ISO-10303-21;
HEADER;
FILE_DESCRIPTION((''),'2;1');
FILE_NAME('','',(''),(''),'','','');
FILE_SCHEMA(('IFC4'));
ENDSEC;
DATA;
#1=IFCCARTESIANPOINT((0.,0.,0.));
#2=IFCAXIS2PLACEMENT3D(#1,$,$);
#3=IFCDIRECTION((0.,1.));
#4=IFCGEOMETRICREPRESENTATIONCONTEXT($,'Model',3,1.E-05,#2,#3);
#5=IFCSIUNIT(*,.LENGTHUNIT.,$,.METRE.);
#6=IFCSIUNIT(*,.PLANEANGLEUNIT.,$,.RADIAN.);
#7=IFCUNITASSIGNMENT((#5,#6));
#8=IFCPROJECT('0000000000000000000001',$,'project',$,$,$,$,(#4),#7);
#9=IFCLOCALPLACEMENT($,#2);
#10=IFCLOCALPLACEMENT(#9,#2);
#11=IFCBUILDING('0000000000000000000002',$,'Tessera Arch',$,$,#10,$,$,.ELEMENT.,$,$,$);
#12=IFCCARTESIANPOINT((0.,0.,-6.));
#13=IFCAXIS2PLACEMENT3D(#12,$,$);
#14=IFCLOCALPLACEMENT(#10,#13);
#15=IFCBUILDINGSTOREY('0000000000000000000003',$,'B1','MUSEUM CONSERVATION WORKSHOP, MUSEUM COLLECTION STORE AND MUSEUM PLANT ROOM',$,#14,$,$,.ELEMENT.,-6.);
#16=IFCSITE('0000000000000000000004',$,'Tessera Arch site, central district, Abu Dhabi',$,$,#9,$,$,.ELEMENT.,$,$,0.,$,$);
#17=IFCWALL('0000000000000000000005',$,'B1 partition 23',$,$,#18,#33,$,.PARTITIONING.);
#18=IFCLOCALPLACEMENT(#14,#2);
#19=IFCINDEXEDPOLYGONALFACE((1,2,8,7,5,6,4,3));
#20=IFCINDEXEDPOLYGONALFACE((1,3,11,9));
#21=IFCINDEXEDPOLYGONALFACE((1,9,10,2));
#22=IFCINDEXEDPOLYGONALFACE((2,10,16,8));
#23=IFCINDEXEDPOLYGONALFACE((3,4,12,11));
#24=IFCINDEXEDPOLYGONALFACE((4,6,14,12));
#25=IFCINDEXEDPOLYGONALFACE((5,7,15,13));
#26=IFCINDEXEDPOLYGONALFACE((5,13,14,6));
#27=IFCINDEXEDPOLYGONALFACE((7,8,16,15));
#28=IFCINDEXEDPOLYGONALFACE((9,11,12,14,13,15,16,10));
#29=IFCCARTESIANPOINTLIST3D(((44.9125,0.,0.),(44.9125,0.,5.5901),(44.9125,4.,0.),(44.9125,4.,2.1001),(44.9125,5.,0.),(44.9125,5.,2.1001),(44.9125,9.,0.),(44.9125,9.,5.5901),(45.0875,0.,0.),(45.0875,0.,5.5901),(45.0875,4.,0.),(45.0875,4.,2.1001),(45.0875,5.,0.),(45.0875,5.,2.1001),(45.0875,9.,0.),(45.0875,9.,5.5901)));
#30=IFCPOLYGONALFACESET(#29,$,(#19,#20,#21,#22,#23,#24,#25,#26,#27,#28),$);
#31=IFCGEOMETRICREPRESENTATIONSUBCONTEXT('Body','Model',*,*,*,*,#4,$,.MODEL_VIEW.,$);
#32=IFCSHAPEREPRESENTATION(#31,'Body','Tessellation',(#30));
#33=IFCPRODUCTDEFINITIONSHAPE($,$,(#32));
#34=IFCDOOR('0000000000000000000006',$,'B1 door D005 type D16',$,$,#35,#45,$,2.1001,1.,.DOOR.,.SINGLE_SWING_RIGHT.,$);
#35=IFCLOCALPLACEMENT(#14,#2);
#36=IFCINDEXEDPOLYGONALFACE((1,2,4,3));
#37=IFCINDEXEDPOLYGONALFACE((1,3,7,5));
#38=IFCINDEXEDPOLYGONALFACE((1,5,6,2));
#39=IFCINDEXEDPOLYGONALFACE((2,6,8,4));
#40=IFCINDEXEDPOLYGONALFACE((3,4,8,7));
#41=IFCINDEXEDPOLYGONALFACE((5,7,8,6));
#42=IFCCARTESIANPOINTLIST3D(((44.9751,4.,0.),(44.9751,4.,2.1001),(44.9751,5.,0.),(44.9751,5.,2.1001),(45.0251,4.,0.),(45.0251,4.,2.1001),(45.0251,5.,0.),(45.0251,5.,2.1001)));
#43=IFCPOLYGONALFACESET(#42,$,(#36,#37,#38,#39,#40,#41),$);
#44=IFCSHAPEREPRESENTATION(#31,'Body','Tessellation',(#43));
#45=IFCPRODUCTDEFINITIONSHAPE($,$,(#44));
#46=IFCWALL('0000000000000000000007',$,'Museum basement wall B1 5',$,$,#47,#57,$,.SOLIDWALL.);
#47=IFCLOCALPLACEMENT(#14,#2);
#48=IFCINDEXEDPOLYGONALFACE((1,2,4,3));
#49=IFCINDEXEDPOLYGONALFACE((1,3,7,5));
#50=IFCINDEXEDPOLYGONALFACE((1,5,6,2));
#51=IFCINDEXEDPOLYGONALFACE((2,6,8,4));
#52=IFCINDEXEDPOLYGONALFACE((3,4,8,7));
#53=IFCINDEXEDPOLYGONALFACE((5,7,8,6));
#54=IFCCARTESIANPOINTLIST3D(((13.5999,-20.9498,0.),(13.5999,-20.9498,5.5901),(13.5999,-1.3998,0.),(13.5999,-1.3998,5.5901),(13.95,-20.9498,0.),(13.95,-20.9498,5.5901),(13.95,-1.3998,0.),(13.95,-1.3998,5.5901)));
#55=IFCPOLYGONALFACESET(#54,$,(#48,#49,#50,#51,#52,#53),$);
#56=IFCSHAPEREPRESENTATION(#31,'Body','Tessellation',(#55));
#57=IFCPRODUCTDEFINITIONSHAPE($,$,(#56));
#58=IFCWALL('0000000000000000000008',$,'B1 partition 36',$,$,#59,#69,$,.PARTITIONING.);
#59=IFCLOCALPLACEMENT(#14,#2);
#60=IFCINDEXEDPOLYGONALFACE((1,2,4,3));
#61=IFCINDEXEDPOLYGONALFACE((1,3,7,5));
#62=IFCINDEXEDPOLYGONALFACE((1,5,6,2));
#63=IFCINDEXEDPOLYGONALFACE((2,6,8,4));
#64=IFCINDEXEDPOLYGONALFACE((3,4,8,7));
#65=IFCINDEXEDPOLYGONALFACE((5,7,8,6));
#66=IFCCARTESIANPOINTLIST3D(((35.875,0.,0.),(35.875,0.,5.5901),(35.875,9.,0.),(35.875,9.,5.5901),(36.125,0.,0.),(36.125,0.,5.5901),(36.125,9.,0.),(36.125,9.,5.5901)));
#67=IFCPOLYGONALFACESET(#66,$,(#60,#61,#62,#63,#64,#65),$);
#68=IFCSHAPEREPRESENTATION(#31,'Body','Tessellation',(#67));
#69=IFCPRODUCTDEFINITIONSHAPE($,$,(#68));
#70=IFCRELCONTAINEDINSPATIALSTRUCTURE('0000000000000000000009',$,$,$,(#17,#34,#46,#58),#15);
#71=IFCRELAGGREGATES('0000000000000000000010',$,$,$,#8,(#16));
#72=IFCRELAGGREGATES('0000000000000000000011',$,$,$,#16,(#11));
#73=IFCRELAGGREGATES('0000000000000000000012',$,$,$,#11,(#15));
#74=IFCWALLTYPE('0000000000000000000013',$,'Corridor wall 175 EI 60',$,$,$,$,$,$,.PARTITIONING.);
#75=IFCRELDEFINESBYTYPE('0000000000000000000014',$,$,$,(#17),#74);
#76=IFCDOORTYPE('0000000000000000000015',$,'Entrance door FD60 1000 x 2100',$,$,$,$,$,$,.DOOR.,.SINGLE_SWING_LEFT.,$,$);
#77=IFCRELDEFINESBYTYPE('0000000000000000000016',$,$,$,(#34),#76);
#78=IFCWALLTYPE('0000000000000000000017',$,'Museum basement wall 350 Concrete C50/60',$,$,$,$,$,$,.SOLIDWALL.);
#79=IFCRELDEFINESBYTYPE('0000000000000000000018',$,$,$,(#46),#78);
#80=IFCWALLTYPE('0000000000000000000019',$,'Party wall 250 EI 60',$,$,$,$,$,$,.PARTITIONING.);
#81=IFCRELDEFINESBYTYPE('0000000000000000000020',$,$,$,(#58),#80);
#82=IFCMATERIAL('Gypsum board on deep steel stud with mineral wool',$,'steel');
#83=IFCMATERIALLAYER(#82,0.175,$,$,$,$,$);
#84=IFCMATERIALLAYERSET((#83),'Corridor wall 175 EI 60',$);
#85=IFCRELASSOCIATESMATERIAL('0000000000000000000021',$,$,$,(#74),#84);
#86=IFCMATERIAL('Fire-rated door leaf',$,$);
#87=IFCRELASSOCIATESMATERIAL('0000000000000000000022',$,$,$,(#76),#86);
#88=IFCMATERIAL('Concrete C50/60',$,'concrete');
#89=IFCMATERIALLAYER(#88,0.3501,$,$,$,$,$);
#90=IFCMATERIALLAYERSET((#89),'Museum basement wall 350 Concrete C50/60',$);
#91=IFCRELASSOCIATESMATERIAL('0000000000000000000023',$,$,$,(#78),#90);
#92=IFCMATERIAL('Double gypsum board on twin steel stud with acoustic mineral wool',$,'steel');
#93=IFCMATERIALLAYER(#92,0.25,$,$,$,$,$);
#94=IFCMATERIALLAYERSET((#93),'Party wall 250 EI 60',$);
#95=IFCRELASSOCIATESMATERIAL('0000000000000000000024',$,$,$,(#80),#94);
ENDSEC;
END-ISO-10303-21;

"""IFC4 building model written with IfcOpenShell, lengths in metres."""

from ifc_helpers import new_model, si_unit, direction, frame, frame_2d, origin, place, context, subcontext, project, spatial, rectangle, extrude, material, layer, layer_set, type_object, element, fill, save


model = new_model("IFC4")

# Units and contexts
model_context = context("Model", 3, precision=1e-05, world=origin(), true_north=direction((0.0, 1.0)))
body_context = subcontext(model_context, "Body", "Model", "MODEL_VIEW")
ifc_project = project(units=[si_unit("LENGTHUNIT", "METRE"), si_unit("PLANEANGLEUNIT", "RADIAN")], contexts=[model_context])

# Site, building, storey
site_placement = place(None, origin())
site = spatial("IfcSite", under=ifc_project, at=site_placement, Name="Tessera Arch site, central district, Abu Dhabi", CompositionType="ELEMENT", RefElevation=0.0)
building_placement = place(site_placement, origin())
building = spatial("IfcBuilding", under=site, at=building_placement, Name="Tessera Arch", CompositionType="ELEMENT")
storey_placement = place(building_placement, frame((0.0, 0.0, -6.0)))
storey = spatial("IfcBuildingStorey", under=building, at=storey_placement, Name="B1", Description="MUSEUM CONSERVATION WORKSHOP, MUSEUM COLLECTION STORE AND MUSEUM PLANT ROOM", CompositionType="ELEMENT", Elevation=-6.0)

# Wall, opening, door
ifc_material_1 = material(Name="Gypsum board on deep steel stud with mineral wool", Category="steel")
ifc_layer_1 = layer(ifc_material_1, 0.175)
ifc_layer_set_1 = layer_set([ifc_layer_1], Name="Corridor wall 175 EI 60")
wall_type_1 = type_object("IfcWallType", Name="Corridor wall 175 EI 60", PredefinedType="PARTITIONING", material=ifc_layer_set_1)
ifc_material_2 = material(Name="Fire-rated door leaf")
door_type_1 = type_object("IfcDoorType", Name="Entrance door FD60 1000 x 2100", OperationType="SINGLE_SWING_LEFT", PredefinedType="DOOR", material=ifc_material_2)
wall_1_placement = place(storey_placement, frame((45.0, 0.0, 0.0), z_axis=(0.0, 0.0, 1.0), x_axis=(0.0, 1.0, 0.0)))
wall_1 = element("IfcWall", 1, at=wall_1_placement, inside=storey, type_object=wall_type_1, Name="B1 partition 23", PredefinedType="PARTITIONING", context=body_context, shape_type="SweptSolid", body=[
    extrude(rectangle(XDim=9.0, YDim=0.175, at=frame_2d((4.5, 0.0))), origin(), (0.0, 0.0, 1.0), 5.5901),
])
opening_1_placement = place(wall_1_placement, frame((4.0, 0.0, 0.0)))
opening_1 = element("IfcOpeningElement", 2, at=opening_1_placement, cuts=wall_1, PredefinedType="OPENING", context=body_context, shape_type="SweptSolid", body=[
    extrude(rectangle(XDim=1.0, YDim=2.1001, at=frame_2d((0.5, 1.05))), frame((0.0, 0.0974, 0.0), z_axis=(0.0, -1.0, 0.0), x_axis=(1.0, 0.0, 0.0)), (0.0, 0.0, 1.0), 0.1951),
])
door_1_placement = place(opening_1_placement, origin())
door_1 = element("IfcDoor", 3, at=door_1_placement, inside=storey, type_object=door_type_1, Name="B1 door D005 type D16", OperationType="SINGLE_SWING_RIGHT", OverallHeight=2.1001, OverallWidth=1.0, PredefinedType="DOOR", context=body_context, shape_type="SweptSolid", body=[
    extrude(rectangle(XDim=1.0, YDim=2.1001, at=frame_2d((0.5, 1.05))), frame((0.0, 0.0249, 0.0), z_axis=(0.0, -1.0, 0.0), x_axis=(1.0, 0.0, 0.0)), (0.0, 0.0, 1.0), 0.05),
])
fill(opening_1, door_1)

# Walls
ifc_material_3 = material(Name="Concrete C50/60", Category="concrete")
ifc_layer_2 = layer(ifc_material_3, 0.3501)
ifc_layer_set_2 = layer_set([ifc_layer_2], Name="Museum basement wall 350 Concrete C50/60")
wall_type_2 = type_object("IfcWallType", Name="Museum basement wall 350 Concrete C50/60", PredefinedType="SOLIDWALL", material=ifc_layer_set_2)
wall_2_placement = place(storey_placement, frame((13.7749, -1.3999, 0.0), z_axis=(0.0, 0.0, 1.0), x_axis=(0.0, -1.0, 0.0)))
element("IfcWall", 4, at=wall_2_placement, inside=storey, type_object=wall_type_2, Name="Museum basement wall B1 5", PredefinedType="SOLIDWALL", context=body_context, shape_type="SweptSolid", body=[
    extrude(rectangle(XDim=19.55, YDim=0.3501, at=frame_2d((9.7749, 0.0))), origin(), (0.0, 0.0, 1.0), 5.5901),
])
ifc_material_4 = material(Name="Double gypsum board on twin steel stud with acoustic mineral wool", Category="steel")
ifc_layer_3 = layer(ifc_material_4, 0.25)
ifc_layer_set_3 = layer_set([ifc_layer_3], Name="Party wall 250 EI 60")
wall_type_3 = type_object("IfcWallType", Name="Party wall 250 EI 60", PredefinedType="PARTITIONING", material=ifc_layer_set_3)
wall_3_placement = place(storey_placement, frame((36.0, 0.0, 0.0), z_axis=(0.0, 0.0, 1.0), x_axis=(0.0, 1.0, 0.0)))
element("IfcWall", 5, at=wall_3_placement, inside=storey, type_object=wall_type_3, Name="B1 partition 36", PredefinedType="PARTITIONING", context=body_context, shape_type="SweptSolid", body=[
    extrude(rectangle(XDim=9.0, YDim=0.25, at=frame_2d((4.5, 0.0))), origin(), (0.0, 0.0, 1.0), 5.5901),
])

save(model, "model.ifc")
